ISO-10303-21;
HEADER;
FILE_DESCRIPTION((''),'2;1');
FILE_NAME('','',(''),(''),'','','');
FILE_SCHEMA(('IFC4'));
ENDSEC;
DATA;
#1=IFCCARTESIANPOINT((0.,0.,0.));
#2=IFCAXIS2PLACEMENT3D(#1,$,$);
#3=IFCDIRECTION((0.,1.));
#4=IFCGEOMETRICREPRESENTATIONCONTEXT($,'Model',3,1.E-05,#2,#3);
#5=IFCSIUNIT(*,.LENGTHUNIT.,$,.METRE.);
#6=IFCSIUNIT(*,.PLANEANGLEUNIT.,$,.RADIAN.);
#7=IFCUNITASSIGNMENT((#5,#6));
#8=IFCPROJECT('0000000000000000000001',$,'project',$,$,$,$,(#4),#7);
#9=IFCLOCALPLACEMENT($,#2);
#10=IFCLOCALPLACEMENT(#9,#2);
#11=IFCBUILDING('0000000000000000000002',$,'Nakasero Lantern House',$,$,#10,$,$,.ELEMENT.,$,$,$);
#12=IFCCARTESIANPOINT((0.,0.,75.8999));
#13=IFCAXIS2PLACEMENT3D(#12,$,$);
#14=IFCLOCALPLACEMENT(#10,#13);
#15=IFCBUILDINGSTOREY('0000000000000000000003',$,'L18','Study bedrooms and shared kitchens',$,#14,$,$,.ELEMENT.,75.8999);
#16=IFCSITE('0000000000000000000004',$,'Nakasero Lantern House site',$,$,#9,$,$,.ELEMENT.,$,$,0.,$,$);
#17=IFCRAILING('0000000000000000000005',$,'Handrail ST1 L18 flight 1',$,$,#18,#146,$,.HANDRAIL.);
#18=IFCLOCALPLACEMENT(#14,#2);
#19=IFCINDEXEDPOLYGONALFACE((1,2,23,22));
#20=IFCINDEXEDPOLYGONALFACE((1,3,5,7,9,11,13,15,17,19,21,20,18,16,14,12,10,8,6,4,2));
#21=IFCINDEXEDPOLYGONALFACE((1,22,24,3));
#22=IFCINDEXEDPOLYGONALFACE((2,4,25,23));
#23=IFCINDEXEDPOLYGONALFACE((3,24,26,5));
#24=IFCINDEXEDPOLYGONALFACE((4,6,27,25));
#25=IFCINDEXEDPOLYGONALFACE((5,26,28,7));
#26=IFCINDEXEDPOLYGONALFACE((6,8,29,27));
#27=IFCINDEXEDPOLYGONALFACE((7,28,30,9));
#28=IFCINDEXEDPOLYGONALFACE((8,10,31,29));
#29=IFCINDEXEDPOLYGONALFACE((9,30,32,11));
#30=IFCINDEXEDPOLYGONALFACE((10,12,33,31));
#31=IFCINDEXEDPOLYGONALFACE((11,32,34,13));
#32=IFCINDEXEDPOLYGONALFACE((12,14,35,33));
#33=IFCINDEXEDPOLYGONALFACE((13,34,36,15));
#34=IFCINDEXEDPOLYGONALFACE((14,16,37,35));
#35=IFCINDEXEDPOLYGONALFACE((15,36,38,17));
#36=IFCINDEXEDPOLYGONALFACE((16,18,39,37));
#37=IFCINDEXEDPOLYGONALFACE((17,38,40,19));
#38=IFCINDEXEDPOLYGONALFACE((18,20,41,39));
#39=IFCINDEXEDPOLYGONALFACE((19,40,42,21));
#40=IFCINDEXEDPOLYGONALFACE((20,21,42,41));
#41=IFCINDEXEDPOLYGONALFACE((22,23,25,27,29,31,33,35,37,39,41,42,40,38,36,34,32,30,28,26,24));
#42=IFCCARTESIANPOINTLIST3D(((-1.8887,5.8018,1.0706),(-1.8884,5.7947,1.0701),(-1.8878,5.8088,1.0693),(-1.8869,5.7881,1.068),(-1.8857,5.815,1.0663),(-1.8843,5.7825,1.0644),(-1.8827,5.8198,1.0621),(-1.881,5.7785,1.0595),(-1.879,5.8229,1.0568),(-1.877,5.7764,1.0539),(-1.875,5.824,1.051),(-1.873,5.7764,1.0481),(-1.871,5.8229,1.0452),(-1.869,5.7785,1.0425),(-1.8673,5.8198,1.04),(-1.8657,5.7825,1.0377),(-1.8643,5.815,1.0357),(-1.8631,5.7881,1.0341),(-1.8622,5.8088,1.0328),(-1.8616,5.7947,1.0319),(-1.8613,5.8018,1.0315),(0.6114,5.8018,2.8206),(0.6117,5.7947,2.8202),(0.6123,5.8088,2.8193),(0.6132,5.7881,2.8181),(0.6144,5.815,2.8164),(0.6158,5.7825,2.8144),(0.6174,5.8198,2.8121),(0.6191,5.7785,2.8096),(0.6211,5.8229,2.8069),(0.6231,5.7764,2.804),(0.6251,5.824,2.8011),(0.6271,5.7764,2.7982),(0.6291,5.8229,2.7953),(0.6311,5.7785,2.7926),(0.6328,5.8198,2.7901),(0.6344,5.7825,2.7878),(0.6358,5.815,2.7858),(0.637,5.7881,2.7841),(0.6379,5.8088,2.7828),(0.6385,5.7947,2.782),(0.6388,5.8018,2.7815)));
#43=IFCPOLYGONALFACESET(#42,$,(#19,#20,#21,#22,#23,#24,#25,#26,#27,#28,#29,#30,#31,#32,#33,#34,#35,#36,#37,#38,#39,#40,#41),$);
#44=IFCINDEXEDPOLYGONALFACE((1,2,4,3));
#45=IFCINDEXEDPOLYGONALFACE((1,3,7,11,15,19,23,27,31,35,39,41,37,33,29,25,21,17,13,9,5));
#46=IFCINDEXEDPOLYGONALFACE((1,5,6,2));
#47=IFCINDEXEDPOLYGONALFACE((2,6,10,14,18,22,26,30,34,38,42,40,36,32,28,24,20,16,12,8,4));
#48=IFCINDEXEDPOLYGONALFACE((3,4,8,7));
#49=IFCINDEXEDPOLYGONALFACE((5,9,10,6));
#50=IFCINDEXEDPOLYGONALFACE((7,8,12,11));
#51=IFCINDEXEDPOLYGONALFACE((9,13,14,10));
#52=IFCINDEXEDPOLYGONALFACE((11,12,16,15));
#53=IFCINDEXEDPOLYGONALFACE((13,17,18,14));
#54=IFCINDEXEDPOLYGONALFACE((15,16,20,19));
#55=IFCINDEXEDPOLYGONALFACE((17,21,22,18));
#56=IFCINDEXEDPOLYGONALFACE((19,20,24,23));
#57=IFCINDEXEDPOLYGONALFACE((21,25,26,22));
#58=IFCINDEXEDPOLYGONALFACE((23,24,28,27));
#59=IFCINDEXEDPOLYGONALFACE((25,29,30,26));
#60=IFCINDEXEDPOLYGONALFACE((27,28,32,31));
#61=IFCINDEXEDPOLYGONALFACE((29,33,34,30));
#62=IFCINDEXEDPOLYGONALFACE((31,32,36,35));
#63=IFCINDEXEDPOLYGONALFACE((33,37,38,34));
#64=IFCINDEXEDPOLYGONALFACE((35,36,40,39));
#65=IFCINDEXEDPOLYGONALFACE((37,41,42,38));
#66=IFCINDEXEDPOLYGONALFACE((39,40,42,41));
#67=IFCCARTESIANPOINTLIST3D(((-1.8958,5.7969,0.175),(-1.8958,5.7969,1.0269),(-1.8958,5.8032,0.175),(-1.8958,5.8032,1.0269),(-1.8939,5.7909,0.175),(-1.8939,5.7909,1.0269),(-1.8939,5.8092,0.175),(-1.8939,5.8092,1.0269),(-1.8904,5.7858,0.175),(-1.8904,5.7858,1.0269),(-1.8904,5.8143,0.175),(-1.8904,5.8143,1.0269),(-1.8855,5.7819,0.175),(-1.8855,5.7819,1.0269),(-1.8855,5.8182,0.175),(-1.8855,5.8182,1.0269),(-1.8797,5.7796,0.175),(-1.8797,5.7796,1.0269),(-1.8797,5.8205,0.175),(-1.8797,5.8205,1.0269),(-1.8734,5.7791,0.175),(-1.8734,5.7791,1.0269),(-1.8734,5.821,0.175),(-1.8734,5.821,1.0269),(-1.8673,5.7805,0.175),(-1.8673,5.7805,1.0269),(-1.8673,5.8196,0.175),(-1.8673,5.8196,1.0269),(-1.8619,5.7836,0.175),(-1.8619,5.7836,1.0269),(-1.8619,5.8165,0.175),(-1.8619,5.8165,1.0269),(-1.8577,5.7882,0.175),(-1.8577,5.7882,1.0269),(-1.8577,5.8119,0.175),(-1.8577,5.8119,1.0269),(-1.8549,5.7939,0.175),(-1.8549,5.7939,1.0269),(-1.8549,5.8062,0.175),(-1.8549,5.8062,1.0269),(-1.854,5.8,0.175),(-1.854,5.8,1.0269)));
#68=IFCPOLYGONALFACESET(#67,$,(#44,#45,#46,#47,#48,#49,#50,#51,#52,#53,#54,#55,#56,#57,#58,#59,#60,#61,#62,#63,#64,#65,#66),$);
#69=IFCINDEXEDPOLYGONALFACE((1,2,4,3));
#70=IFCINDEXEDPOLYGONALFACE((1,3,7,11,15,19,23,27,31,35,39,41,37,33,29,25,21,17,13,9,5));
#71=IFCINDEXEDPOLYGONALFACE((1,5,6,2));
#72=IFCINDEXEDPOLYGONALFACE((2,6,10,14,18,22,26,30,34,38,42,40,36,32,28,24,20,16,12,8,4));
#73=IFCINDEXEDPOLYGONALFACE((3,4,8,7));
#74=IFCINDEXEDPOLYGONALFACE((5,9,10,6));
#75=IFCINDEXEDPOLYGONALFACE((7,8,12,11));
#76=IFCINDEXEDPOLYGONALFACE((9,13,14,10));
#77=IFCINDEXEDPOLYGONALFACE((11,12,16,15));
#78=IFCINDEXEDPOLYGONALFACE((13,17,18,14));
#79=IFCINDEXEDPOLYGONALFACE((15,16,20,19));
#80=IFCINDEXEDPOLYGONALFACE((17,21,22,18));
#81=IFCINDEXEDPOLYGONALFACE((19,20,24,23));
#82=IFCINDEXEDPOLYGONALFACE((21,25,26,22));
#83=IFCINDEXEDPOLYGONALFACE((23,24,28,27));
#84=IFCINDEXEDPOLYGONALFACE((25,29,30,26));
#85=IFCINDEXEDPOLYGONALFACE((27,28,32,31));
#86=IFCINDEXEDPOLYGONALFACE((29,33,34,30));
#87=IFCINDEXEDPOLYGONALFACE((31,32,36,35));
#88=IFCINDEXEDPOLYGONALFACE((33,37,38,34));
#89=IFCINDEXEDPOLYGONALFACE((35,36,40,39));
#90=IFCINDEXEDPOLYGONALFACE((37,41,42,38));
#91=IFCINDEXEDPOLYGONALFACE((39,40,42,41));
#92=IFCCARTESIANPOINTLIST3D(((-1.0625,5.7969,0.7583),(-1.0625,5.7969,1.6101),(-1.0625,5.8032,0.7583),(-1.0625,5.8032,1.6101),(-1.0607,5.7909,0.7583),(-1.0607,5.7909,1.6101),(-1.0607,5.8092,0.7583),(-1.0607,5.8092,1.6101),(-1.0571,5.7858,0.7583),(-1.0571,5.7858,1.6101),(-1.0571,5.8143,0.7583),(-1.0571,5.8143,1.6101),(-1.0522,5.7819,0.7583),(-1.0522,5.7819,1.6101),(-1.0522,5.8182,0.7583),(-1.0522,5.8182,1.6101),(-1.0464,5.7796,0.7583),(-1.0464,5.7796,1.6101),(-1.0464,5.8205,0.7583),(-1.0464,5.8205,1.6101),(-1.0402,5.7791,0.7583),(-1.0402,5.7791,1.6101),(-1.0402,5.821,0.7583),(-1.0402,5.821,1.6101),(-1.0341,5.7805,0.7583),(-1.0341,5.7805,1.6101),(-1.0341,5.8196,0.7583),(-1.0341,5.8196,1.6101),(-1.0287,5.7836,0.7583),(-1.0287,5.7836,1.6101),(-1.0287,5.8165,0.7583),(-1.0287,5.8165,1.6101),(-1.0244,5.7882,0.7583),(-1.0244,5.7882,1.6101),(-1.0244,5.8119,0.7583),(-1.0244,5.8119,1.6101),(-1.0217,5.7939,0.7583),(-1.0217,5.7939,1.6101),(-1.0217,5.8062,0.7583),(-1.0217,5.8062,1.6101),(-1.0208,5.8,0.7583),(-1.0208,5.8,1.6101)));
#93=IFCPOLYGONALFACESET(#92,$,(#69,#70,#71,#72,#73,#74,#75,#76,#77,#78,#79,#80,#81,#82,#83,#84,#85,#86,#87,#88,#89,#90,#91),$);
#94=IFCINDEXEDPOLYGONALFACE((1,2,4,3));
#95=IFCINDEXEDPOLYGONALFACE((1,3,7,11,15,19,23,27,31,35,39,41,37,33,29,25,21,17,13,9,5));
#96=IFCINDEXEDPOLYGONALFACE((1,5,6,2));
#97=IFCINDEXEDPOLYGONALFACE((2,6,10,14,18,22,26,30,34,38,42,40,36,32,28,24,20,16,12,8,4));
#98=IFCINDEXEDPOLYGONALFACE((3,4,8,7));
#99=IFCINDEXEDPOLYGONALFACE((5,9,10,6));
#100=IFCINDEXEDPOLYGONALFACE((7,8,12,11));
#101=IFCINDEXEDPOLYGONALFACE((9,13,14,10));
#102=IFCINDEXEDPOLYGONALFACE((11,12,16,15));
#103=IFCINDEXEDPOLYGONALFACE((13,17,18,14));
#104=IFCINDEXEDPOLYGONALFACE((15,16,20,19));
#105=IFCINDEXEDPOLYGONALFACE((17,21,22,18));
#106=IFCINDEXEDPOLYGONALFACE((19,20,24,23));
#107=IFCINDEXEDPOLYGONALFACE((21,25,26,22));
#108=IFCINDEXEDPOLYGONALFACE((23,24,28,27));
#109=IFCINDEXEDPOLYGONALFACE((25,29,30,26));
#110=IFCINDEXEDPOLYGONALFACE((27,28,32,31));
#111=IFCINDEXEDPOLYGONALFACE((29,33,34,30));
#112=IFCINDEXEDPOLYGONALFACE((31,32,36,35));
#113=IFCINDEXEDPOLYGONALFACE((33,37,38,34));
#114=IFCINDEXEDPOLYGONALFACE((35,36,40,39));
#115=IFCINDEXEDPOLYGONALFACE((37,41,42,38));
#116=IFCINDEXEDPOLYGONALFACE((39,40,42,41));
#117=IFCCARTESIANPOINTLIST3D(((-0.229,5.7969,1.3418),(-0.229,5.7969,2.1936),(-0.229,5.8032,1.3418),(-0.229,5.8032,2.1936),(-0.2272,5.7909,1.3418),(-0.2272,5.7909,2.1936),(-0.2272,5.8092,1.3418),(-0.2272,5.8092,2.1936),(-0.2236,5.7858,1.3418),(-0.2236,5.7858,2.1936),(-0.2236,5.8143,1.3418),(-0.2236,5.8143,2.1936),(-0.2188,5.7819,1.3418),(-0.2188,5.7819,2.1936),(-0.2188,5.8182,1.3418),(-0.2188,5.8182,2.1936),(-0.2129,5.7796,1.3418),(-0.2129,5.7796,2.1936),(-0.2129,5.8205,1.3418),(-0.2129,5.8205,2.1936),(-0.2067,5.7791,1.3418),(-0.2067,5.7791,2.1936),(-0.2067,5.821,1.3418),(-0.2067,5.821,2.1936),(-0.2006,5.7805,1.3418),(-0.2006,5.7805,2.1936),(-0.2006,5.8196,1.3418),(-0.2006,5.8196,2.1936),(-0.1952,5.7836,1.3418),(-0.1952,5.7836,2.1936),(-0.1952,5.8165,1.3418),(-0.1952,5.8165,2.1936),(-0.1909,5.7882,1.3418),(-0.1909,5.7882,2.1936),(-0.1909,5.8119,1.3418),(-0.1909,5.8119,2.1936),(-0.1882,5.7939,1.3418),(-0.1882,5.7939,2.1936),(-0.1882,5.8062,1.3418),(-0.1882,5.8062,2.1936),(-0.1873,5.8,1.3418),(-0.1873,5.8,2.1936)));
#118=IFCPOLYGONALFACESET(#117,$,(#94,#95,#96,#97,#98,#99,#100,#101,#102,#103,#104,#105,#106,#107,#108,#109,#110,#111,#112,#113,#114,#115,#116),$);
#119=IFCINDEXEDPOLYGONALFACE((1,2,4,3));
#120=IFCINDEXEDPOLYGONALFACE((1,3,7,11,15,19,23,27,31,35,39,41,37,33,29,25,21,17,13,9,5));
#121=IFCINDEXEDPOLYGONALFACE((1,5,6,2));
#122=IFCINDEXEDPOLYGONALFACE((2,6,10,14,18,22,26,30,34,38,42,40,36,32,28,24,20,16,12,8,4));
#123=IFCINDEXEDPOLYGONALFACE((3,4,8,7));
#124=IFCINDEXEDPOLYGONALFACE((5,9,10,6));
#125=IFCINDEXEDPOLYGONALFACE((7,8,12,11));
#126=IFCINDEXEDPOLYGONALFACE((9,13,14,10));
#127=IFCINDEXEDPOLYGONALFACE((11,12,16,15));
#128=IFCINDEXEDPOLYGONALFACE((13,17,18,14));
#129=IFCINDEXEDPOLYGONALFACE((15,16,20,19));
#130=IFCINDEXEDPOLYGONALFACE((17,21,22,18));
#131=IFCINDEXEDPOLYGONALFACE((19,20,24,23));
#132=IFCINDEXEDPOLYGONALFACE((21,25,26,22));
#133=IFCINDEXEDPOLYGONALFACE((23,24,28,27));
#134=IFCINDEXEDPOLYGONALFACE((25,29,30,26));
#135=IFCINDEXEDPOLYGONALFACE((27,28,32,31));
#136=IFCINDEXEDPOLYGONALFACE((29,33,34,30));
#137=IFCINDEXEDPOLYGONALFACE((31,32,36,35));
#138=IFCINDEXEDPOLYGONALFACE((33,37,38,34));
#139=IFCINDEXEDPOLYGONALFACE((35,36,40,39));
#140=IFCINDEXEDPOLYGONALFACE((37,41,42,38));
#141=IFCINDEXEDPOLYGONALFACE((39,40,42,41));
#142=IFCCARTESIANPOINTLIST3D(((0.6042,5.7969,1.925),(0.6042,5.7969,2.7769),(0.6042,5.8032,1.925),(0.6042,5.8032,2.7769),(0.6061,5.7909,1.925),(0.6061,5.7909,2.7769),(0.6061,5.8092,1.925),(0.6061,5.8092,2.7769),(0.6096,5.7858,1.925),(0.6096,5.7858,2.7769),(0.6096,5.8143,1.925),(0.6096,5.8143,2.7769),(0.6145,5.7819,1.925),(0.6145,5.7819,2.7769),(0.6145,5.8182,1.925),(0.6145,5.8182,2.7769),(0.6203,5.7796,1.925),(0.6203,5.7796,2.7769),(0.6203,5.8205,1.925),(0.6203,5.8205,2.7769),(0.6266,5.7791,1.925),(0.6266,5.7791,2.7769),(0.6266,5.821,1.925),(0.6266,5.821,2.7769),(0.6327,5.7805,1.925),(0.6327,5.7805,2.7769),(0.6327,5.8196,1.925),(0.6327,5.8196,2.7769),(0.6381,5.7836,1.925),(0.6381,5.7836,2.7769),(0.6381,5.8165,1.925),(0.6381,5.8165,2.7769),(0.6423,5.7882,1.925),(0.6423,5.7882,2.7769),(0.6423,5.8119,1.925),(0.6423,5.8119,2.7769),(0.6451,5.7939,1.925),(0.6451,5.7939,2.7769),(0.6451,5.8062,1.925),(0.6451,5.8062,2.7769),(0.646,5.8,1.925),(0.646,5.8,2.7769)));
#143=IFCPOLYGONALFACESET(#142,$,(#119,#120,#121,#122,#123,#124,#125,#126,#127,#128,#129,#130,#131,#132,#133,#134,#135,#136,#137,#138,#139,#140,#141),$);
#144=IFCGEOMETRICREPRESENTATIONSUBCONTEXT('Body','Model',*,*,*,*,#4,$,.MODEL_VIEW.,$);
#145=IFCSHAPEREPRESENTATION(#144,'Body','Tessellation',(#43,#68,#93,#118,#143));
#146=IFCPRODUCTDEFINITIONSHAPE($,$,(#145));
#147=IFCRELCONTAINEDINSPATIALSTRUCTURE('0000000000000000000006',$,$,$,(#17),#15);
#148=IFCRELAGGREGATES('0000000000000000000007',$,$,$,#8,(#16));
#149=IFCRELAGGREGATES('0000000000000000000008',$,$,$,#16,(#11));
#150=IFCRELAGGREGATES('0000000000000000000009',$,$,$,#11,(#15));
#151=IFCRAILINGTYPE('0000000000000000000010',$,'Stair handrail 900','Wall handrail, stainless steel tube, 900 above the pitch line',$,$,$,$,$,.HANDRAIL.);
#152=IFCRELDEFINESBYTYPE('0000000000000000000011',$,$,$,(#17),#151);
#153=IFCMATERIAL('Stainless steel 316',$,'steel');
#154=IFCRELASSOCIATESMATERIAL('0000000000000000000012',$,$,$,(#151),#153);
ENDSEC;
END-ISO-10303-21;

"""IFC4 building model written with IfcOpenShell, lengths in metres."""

from ifc_helpers import new_model, si_unit, direction, frame, origin, origin_2d, place, context, subcontext, project, spatial, circle, extrude, material, type_object, element, save


model = new_model("IFC4")

# Units and contexts
model_context = context("Model", 3, precision=1e-05, world=origin(), true_north=direction((0.0, 1.0)))
body_context = subcontext(model_context, "Body", "Model", "MODEL_VIEW")
ifc_project = project(units=[si_unit("LENGTHUNIT", "METRE"), si_unit("PLANEANGLEUNIT", "RADIAN")], contexts=[model_context])

# Site, building, storey
site_placement = place(None, origin())
site = spatial("IfcSite", under=ifc_project, at=site_placement, Name="Nakasero Lantern House site", CompositionType="ELEMENT", RefElevation=0.0)
building_placement = place(site_placement, origin())
building = spatial("IfcBuilding", under=site, at=building_placement, Name="Nakasero Lantern House", CompositionType="ELEMENT")
storey_placement = place(building_placement, frame((0.0, 0.0, 75.8999)))
storey = spatial("IfcBuildingStorey", under=building, at=storey_placement, Name="L18", Description="Study bedrooms and shared kitchens", CompositionType="ELEMENT", Elevation=75.8999)

# Railing
ifc_material_1 = material(Name="Stainless steel 316", Category="steel")
railing_type = type_object("IfcRailingType", Name="Stair handrail 900", Description="Wall handrail, stainless steel tube, 900 above the pitch line", PredefinedType="HANDRAIL", material=ifc_material_1)
railing_placement = place(storey_placement, frame((-1.875, 5.8, 0.175)))
element("IfcRailing", 1, at=railing_placement, inside=storey, type_object=railing_type, Name="Handrail ST1 L18 flight 1", PredefinedType="HANDRAIL", context=body_context, shape_type="SweptSolid", body=[
    extrude(circle(Radius=0.0239, at=origin_2d()), frame((0.0, 0.0, 0.876), z_axis=(0.819232, 0.0, 0.573462), x_axis=(0.0, 1.0, 0.0)), (0.0, 0.0, 1.0), 3.0518),
    extrude(circle(Radius=0.021, at=origin_2d()), origin(), (0.0, 0.0, 1.0), 0.8518),
    extrude(circle(Radius=0.021, at=origin_2d()), frame((0.8333, 0.0, 0.5833)), (0.0, 0.0, 1.0), 0.8518),
    extrude(circle(Radius=0.021, at=origin_2d()), frame((1.6667, 0.0, 1.1667)), (0.0, 0.0, 1.0), 0.8518),
    extrude(circle(Radius=0.021, at=origin_2d()), frame((2.5, 0.0, 1.75)), (0.0, 0.0, 1.0), 0.8518),
])

save(model, "model.ifc")
